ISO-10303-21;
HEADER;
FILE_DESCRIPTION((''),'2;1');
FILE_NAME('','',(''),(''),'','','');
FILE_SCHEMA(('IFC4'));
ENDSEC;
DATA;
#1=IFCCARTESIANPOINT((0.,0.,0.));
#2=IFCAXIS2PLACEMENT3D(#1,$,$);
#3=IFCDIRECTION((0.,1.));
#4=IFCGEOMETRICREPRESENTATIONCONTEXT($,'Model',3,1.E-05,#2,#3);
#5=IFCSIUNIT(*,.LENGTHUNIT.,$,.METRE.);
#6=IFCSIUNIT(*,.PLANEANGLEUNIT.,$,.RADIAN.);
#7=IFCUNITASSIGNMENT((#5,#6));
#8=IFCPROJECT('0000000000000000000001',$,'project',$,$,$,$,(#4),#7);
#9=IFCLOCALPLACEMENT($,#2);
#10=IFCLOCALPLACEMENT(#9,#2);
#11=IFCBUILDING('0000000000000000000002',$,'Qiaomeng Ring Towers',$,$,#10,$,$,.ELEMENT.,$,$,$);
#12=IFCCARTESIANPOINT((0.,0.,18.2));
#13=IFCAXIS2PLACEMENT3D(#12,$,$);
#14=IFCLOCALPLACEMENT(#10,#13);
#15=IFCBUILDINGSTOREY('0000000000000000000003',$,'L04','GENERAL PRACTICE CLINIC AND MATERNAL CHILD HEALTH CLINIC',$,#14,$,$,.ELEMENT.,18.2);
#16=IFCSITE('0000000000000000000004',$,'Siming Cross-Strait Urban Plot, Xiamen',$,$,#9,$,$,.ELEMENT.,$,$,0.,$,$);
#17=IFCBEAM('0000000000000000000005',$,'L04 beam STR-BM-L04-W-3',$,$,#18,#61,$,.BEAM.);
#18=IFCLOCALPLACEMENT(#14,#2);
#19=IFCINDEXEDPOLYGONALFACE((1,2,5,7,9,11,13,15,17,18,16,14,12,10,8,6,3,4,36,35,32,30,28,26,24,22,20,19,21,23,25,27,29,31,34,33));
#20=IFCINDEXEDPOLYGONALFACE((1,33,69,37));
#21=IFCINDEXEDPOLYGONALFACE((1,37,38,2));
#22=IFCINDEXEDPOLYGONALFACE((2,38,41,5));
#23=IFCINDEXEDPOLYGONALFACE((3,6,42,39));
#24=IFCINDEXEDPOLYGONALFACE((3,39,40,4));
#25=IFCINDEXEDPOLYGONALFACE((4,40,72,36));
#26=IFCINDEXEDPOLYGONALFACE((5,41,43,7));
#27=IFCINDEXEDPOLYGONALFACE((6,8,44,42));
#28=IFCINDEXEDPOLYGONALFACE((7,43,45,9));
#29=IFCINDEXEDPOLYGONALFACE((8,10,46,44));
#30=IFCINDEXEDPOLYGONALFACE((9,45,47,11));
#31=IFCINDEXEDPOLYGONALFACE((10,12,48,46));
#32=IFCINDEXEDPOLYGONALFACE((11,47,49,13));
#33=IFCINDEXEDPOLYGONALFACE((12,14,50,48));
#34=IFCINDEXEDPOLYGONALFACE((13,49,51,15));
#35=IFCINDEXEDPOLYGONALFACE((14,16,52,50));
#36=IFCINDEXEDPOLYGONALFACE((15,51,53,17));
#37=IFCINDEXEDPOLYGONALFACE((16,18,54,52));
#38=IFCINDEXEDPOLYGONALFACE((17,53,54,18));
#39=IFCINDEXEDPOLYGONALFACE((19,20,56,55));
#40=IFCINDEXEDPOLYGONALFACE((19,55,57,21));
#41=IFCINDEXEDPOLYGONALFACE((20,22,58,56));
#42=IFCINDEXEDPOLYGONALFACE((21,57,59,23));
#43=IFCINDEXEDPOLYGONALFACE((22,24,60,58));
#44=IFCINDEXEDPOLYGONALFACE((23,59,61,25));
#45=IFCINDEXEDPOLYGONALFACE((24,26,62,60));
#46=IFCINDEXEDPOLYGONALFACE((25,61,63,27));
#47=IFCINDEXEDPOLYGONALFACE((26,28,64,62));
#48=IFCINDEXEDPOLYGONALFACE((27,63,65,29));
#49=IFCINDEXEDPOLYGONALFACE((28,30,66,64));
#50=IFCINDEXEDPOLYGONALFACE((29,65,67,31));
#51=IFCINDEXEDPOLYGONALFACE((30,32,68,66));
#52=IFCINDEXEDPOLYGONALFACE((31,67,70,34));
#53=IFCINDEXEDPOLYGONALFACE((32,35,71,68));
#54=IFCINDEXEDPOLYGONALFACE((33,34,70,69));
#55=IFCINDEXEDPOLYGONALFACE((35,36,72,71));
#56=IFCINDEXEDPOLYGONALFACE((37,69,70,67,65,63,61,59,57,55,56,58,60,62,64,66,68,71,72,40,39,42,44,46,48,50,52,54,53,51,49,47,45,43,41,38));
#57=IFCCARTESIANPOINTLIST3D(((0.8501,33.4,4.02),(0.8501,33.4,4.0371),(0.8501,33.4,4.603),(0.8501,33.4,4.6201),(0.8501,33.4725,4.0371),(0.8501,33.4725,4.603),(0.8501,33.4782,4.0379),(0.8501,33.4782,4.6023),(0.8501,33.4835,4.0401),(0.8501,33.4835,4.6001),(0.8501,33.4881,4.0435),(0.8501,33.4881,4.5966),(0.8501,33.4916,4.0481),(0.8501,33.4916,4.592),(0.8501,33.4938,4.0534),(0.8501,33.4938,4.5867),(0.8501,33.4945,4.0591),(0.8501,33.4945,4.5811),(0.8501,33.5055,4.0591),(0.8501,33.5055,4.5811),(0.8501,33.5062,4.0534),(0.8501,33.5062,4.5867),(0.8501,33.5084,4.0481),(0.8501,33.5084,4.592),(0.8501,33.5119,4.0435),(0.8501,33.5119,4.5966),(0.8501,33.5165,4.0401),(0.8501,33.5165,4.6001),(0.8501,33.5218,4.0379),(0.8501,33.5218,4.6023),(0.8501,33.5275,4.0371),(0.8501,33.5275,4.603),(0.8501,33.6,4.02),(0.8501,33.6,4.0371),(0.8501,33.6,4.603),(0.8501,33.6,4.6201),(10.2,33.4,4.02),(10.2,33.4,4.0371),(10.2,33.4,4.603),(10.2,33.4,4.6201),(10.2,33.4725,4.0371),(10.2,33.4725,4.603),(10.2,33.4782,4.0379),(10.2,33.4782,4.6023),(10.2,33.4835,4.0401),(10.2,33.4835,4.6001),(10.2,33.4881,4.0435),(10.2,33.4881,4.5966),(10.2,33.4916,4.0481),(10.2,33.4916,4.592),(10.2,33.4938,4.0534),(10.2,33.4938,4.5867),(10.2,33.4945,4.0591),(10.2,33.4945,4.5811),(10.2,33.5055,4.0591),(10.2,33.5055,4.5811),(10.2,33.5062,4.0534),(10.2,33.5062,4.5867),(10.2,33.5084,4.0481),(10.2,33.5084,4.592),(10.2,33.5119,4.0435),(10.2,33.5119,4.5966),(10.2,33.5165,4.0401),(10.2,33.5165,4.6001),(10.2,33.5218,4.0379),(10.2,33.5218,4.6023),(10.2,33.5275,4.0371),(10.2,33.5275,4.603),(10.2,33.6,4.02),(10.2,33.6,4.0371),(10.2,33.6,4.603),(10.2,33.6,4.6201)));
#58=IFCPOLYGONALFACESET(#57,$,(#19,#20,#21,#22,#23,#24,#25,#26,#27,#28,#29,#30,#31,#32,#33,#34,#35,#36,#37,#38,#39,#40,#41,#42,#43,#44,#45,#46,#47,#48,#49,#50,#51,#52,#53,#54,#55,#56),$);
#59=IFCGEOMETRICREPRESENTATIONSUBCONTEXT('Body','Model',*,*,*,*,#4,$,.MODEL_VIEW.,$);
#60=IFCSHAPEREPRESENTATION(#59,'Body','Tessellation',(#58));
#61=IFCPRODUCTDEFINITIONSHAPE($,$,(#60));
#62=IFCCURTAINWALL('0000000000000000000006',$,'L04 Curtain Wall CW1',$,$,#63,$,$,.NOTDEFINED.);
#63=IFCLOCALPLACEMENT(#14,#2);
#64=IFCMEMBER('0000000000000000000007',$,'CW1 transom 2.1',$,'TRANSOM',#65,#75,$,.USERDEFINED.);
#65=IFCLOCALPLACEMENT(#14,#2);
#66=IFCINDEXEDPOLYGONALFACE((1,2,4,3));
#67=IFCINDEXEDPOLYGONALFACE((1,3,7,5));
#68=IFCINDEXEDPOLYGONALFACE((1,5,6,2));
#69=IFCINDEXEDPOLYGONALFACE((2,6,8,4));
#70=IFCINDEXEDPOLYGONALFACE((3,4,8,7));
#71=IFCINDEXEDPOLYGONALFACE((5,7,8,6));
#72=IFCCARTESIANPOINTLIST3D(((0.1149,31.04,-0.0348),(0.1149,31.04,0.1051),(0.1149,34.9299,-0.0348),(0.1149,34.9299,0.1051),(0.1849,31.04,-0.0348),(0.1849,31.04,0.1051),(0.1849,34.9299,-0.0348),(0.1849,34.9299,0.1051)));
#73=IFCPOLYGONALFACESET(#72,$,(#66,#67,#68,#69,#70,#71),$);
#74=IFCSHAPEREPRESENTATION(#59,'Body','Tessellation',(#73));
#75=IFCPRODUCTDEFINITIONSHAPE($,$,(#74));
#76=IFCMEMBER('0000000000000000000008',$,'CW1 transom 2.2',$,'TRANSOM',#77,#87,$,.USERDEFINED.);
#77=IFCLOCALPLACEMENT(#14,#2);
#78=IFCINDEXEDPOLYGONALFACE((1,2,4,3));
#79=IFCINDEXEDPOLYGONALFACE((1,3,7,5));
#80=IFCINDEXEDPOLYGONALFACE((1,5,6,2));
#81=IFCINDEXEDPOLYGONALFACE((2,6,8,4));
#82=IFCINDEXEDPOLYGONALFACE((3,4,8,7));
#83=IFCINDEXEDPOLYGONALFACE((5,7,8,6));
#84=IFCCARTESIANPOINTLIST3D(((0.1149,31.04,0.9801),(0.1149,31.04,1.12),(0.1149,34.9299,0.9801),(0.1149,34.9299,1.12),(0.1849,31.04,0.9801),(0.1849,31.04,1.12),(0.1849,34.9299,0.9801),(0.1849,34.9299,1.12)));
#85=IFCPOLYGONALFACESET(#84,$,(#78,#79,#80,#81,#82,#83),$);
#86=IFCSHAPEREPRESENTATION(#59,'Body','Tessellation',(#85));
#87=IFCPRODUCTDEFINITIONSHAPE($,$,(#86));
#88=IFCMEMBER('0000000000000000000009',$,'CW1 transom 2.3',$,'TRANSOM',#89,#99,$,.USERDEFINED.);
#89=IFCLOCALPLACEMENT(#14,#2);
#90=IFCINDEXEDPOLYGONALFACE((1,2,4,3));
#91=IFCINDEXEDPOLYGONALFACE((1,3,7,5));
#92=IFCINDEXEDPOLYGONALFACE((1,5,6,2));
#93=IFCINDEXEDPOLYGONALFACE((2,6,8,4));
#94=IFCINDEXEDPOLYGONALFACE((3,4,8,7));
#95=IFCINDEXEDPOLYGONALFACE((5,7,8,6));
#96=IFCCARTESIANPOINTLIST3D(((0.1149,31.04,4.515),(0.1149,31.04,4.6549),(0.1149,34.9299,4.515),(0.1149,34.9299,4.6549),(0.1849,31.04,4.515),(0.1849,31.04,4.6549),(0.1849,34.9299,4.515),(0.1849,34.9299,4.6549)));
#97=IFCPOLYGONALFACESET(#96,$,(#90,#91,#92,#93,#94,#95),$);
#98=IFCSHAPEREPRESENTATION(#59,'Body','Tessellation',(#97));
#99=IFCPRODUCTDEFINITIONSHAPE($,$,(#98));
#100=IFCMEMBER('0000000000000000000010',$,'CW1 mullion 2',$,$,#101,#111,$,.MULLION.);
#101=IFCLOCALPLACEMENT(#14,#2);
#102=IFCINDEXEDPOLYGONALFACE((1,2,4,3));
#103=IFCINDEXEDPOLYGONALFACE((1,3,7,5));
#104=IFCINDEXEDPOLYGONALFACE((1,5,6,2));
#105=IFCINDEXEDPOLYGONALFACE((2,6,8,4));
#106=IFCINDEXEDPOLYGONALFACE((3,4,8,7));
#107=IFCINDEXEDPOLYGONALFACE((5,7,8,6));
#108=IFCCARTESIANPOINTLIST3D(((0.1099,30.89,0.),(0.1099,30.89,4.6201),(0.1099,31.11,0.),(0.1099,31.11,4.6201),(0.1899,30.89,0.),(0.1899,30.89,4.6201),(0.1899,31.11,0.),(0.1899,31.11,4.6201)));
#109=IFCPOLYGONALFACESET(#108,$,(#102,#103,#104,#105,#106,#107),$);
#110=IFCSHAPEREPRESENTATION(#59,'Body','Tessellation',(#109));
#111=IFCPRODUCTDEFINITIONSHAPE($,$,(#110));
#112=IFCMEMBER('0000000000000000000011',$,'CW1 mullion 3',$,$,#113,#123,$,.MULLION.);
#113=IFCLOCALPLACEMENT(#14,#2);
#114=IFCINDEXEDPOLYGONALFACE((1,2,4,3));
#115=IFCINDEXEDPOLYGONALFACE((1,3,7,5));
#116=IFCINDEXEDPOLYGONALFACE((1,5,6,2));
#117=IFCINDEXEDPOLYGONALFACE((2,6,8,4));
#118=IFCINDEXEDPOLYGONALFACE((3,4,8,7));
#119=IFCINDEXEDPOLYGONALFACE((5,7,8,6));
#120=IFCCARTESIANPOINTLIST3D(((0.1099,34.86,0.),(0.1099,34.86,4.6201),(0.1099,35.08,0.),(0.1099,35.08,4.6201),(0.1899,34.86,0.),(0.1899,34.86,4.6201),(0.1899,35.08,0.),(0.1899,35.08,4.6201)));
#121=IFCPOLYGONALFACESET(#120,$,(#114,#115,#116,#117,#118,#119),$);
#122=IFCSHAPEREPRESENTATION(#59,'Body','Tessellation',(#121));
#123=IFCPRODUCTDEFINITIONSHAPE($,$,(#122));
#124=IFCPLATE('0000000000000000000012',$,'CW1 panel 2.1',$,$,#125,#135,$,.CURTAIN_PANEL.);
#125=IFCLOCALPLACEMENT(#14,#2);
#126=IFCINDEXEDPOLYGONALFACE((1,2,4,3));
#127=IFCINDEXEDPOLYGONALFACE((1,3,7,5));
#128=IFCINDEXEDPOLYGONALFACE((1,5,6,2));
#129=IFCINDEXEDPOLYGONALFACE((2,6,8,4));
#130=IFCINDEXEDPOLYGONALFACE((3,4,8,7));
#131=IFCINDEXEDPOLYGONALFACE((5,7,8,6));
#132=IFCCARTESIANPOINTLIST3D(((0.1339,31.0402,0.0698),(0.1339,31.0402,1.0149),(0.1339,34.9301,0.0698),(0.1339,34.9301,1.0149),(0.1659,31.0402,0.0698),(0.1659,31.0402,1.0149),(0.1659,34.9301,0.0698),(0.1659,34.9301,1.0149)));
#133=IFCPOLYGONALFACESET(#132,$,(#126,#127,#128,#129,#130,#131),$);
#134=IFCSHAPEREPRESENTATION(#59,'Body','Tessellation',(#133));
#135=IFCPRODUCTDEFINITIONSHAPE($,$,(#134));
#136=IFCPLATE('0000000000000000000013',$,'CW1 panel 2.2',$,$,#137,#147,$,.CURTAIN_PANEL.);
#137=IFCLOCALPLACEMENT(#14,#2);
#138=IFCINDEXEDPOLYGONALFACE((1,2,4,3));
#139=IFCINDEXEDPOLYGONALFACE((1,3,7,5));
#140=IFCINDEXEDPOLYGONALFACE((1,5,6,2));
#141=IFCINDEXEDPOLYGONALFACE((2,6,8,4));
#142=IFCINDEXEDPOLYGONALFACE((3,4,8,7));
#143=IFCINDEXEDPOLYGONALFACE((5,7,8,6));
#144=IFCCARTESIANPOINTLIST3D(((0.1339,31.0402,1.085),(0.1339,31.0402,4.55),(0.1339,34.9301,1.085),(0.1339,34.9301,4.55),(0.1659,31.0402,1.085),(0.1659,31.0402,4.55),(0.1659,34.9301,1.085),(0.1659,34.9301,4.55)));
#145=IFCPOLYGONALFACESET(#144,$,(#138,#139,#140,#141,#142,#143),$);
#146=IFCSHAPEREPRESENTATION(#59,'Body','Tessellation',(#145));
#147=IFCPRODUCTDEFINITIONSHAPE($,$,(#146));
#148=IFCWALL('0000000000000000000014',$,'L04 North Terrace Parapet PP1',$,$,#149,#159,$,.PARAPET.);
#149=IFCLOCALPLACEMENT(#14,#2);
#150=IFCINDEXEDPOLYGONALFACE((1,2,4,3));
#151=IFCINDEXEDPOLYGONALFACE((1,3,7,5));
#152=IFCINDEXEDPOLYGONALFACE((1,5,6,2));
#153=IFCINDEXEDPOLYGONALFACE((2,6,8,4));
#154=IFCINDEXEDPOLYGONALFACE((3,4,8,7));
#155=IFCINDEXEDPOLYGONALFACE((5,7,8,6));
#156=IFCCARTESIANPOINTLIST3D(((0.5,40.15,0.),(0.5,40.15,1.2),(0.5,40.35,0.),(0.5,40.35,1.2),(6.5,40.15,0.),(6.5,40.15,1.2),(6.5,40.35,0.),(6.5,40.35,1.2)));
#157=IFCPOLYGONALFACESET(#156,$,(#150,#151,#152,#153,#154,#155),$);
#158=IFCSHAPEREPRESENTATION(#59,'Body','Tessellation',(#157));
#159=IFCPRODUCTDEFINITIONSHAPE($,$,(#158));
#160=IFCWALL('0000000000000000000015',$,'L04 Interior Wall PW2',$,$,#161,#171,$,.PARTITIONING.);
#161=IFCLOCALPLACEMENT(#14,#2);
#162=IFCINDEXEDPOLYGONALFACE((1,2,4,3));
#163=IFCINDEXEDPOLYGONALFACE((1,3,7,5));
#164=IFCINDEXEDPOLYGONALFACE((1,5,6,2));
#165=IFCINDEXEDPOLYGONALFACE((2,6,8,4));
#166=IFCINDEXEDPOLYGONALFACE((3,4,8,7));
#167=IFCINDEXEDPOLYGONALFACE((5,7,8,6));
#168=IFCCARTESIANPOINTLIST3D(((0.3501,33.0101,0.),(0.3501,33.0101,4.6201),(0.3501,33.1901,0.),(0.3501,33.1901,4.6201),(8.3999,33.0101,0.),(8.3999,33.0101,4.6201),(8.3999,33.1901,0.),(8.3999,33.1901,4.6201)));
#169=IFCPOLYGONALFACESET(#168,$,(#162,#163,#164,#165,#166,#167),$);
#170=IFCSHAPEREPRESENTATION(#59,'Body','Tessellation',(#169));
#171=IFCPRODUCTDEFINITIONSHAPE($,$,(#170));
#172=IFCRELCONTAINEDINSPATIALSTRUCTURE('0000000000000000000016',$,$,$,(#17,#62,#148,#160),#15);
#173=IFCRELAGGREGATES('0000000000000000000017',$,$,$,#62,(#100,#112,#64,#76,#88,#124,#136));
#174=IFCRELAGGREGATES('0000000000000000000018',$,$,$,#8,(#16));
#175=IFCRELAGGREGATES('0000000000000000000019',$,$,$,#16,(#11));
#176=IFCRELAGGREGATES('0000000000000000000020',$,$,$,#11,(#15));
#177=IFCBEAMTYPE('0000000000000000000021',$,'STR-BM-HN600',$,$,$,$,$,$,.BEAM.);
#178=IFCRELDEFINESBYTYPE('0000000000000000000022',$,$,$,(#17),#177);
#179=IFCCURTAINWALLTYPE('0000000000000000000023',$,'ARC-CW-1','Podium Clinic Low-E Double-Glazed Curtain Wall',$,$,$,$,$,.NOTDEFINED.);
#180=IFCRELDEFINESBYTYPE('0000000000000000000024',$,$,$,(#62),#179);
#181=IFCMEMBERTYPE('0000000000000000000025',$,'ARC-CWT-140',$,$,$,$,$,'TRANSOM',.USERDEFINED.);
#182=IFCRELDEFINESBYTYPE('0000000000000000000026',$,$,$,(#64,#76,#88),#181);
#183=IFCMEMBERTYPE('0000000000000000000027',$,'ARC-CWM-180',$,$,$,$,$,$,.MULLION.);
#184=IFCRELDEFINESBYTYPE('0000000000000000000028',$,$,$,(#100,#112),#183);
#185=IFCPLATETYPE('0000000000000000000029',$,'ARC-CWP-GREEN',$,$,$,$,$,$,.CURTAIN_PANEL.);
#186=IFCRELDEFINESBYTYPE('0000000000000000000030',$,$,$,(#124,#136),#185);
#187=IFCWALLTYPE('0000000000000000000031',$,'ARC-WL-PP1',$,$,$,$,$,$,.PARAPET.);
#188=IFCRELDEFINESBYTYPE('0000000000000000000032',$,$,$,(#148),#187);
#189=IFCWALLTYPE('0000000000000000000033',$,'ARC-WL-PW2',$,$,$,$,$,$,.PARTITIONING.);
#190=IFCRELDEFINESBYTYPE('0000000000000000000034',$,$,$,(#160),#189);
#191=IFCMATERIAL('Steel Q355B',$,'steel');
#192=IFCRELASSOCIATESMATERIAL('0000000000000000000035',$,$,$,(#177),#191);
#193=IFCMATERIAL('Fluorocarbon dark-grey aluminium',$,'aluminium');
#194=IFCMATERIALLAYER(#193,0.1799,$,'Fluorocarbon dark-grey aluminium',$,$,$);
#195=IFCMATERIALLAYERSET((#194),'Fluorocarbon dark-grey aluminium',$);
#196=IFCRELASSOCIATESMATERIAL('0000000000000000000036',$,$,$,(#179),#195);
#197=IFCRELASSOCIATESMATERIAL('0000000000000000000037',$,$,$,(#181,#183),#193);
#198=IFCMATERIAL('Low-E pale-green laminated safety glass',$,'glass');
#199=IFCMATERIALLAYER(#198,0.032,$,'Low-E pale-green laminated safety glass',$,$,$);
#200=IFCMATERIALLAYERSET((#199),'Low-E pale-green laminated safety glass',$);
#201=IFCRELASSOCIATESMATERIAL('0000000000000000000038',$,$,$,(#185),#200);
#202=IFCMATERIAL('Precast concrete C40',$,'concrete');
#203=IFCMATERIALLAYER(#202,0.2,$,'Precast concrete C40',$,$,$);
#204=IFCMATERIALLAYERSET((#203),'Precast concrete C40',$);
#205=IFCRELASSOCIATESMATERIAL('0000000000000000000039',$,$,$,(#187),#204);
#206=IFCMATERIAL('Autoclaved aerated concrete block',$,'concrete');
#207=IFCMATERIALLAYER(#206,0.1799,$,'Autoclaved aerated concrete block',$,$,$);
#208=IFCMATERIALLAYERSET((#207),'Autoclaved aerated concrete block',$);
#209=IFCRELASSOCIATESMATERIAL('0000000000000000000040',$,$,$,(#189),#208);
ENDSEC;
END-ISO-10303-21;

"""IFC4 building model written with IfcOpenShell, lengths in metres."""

from ifc_helpers import new_model, si_unit, direction, frame, frame_2d, origin, origin_2d, place, context, subcontext, project, spatial, rectangle, i_section, extrude, source, transform, mapped, material, layer, layer_set, material_profile, profile_set, type_object, element, aggregate, save


model = new_model("IFC4")

# Units and contexts
model_context = context("Model", 3, precision=1e-05, world=origin(), true_north=direction((0.0, 1.0)))
body_context = subcontext(model_context, "Body", "Model", "MODEL_VIEW")
ifc_project = project(units=[si_unit("LENGTHUNIT", "METRE"), si_unit("PLANEANGLEUNIT", "RADIAN")], contexts=[model_context])

# Site, building, storey
site_placement = place(None, origin())
site = spatial("IfcSite", under=ifc_project, at=site_placement, Name="Siming Cross-Strait Urban Plot, Xiamen", CompositionType="ELEMENT", RefElevation=0.0)
building_placement = place(site_placement, origin())
building = spatial("IfcBuilding", under=site, at=building_placement, Name="Qiaomeng Ring Towers", CompositionType="ELEMENT")
storey_placement = place(building_placement, frame((0.0, 0.0, 18.2)))
storey = spatial("IfcBuildingStorey", under=building, at=storey_placement, Name="L04", Description="GENERAL PRACTICE CLINIC AND MATERNAL CHILD HEALTH CLINIC", CompositionType="ELEMENT", Elevation=18.2)

# Beam
ifc_material_1 = material(Name="Steel Q355B", Category="steel")
ifc_material_profile_1 = material_profile(ifc_material_1, i_section(OverallWidth=0.2, OverallDepth=0.6001, WebThickness=0.011, FlangeThickness=0.0171, FilletRadius=0.022, at=origin_2d()), Name="HN 600x200x11x17")
ifc_profile_set_1 = profile_set([ifc_material_profile_1], Name="Steel Q355B")
beam_type = type_object("IfcBeamType", Name="STR-BM-HN600", PredefinedType="BEAM", material=ifc_profile_set_1)
shared_shape_1 = source(origin(), body_context, "Body", "SweptSolid", [
    extrude(i_section(OverallWidth=0.2, OverallDepth=0.6001, WebThickness=0.011, FlangeThickness=0.0171, FilletRadius=0.022, at=origin_2d()), origin(), (0.0, 0.0, 1.0), 9.3499),
])
beam_placement = place(storey_placement, frame((0.8501, 33.5, 4.3201), z_axis=(1.0, 0.0, 0.0), x_axis=(0.0, 1.0, 0.0)))
element("IfcBeam", 1, at=beam_placement, inside=storey, type_object=beam_type, Name="L04 beam STR-BM-L04-W-3", PredefinedType="BEAM", context=body_context, shape_type="MappedRepresentation", body=[
    mapped(shared_shape_1, transform((0.0, 0.0, 0.0), x_axis=(1.0, 0.0, 0.0), y_axis=(0.0, 1.0, 0.0), z_axis=(0.0, 0.0, 1.0), scale=1.0)),
])

# Curtain wall, members, plates
ifc_material_2 = material(Name="Fluorocarbon dark-grey aluminium", Category="aluminium")
ifc_layer_1 = layer(ifc_material_2, 0.1799, Name="Fluorocarbon dark-grey aluminium")
ifc_layer_set_1 = layer_set([ifc_layer_1], Name="Fluorocarbon dark-grey aluminium")
curtain_wall_type = type_object("IfcCurtainWallType", Name="ARC-CW-1", Description="Podium Clinic Low-E Double-Glazed Curtain Wall", PredefinedType="NOTDEFINED", material=ifc_layer_set_1)
curtain_wall_placement = place(storey_placement, origin())
curtain_wall = element("IfcCurtainWall", 2, at=curtain_wall_placement, inside=storey, type_object=curtain_wall_type, Name="L04 Curtain Wall CW1", PredefinedType="NOTDEFINED")
ifc_material_profile_2 = material_profile(ifc_material_2, rectangle(XDim=0.0701, YDim=0.1399, at=origin_2d()), Name="ALU TRAN 70x140")
ifc_profile_set_2 = profile_set([ifc_material_profile_2], Name="Fluorocarbon dark-grey aluminium")
member_type_1 = type_object("IfcMemberType", Name="ARC-CWT-140", ElementType="TRANSOM", PredefinedType="USERDEFINED", material=ifc_profile_set_2)
shared_shape_2 = source(origin(), body_context, "Body", "SweptSolid", [
    extrude(rectangle(XDim=0.0701, YDim=0.1399, at=origin_2d()), origin(), (0.0, 0.0, 1.0), 3.8899),
])
member_1_placement = place(storey_placement, frame((0.1499, 31.04, 0.0352), z_axis=(0.0, 1.0, 0.0), x_axis=(-1.0, 0.0, 0.0)))
member_1 = element("IfcMember", 3, at=member_1_placement, type_object=member_type_1, Name="CW1 transom 2.1", ObjectType="TRANSOM", PredefinedType="USERDEFINED", context=body_context, shape_type="MappedRepresentation", body=[
    mapped(shared_shape_2, transform((0.0, 0.0, 0.0), x_axis=(1.0, 0.0, 0.0), y_axis=(0.0, 1.0, 0.0), z_axis=(0.0, 0.0, 1.0), scale=1.0)),
])
member_2_placement = place(storey_placement, frame((0.1499, 31.04, 1.05), z_axis=(0.0, 1.0, 0.0), x_axis=(-1.0, 0.0, 0.0)))
member_2 = element("IfcMember", 4, at=member_2_placement, type_object=member_type_1, Name="CW1 transom 2.2", ObjectType="TRANSOM", PredefinedType="USERDEFINED", context=body_context, shape_type="MappedRepresentation", body=[
    mapped(shared_shape_2, transform((0.0, 0.0, 0.0), x_axis=(1.0, 0.0, 0.0), y_axis=(0.0, 1.0, 0.0), z_axis=(0.0, 0.0, 1.0), scale=1.0)),
])
member_3_placement = place(storey_placement, frame((0.1499, 31.04, 4.585), z_axis=(0.0, 1.0, 0.0), x_axis=(-1.0, 0.0, 0.0)))
member_3 = element("IfcMember", 5, at=member_3_placement, type_object=member_type_1, Name="CW1 transom 2.3", ObjectType="TRANSOM", PredefinedType="USERDEFINED", context=body_context, shape_type="MappedRepresentation", body=[
    mapped(shared_shape_2, transform((0.0, 0.0, 0.0), x_axis=(1.0, 0.0, 0.0), y_axis=(0.0, 1.0, 0.0), z_axis=(0.0, 0.0, 1.0), scale=1.0)),
])
ifc_material_profile_3 = material_profile(ifc_material_2, rectangle(XDim=0.0801, YDim=0.22, at=origin_2d()), Name="ALU MULL 80x220")
ifc_profile_set_3 = profile_set([ifc_material_profile_3], Name="Fluorocarbon dark-grey aluminium")
member_type_2 = type_object("IfcMemberType", Name="ARC-CWM-180", PredefinedType="MULLION", material=ifc_profile_set_3)
shared_shape_3 = source(origin(), body_context, "Body", "SweptSolid", [
    extrude(rectangle(XDim=0.0801, YDim=0.22, at=origin_2d()), origin(), (0.0, 0.0, 1.0), 4.6201),
])
member_4_placement = place(storey_placement, frame((0.1499, 31.0, 0.0), z_axis=(0.0, 0.0, 1.0), x_axis=(-1.0, 0.0, 0.0)))
member_4 = element("IfcMember", 6, at=member_4_placement, type_object=member_type_2, Name="CW1 mullion 2", PredefinedType="MULLION", context=body_context, shape_type="MappedRepresentation", body=[
    mapped(shared_shape_3, transform((0.0, 0.0, 0.0), x_axis=(1.0, 0.0, 0.0), y_axis=(0.0, 1.0, 0.0), z_axis=(0.0, 0.0, 1.0), scale=1.0)),
])
member_5_placement = place(storey_placement, frame((0.1499, 34.97, 0.0), z_axis=(0.0, 0.0, 1.0), x_axis=(-1.0, 0.0, 0.0)))
member_5 = element("IfcMember", 7, at=member_5_placement, type_object=member_type_2, Name="CW1 mullion 3", PredefinedType="MULLION", context=body_context, shape_type="MappedRepresentation", body=[
    mapped(shared_shape_3, transform((0.0, 0.0, 0.0), x_axis=(1.0, 0.0, 0.0), y_axis=(0.0, 1.0, 0.0), z_axis=(0.0, 0.0, 1.0), scale=1.0)),
])
ifc_material_3 = material(Name="Low-E pale-green laminated safety glass", Category="glass")
ifc_layer_2 = layer(ifc_material_3, 0.032, Name="Low-E pale-green laminated safety glass")
ifc_layer_set_2 = layer_set([ifc_layer_2], Name="Low-E pale-green laminated safety glass")
plate_type = type_object("IfcPlateType", Name="ARC-CWP-GREEN", PredefinedType="CURTAIN_PANEL", material=ifc_layer_set_2)
shared_shape_4 = source(origin(), body_context, "Body", "SweptSolid", [
    extrude(rectangle(XDim=3.8899, YDim=0.032, at=origin_2d()), origin(), (0.0, 0.0, 1.0), 0.9451),
])
plate_1_placement = place(storey_placement, frame((0.1499, 32.9851, 0.0698), z_axis=(0.0, 0.0, 1.0), x_axis=(0.0, 1.0, 0.0)))
plate_1 = element("IfcPlate", 8, at=plate_1_placement, type_object=plate_type, Name="CW1 panel 2.1", PredefinedType="CURTAIN_PANEL", context=body_context, shape_type="MappedRepresentation", body=[
    mapped(shared_shape_4, transform((0.0, 0.0, 0.0), x_axis=(1.0, 0.0, 0.0), y_axis=(0.0, 1.0, 0.0), z_axis=(0.0, 0.0, 1.0), scale=1.0)),
])
shared_shape_5 = source(origin(), body_context, "Body", "SweptSolid", [
    extrude(rectangle(XDim=3.8899, YDim=0.032, at=origin_2d()), origin(), (0.0, 0.0, 1.0), 3.4651),
])
plate_2_placement = place(storey_placement, frame((0.1499, 32.9851, 1.085), z_axis=(0.0, 0.0, 1.0), x_axis=(0.0, 1.0, 0.0)))
plate_2 = element("IfcPlate", 9, at=plate_2_placement, type_object=plate_type, Name="CW1 panel 2.2", PredefinedType="CURTAIN_PANEL", context=body_context, shape_type="MappedRepresentation", body=[
    mapped(shared_shape_5, transform((0.0, 0.0, 0.0), x_axis=(1.0, 0.0, 0.0), y_axis=(0.0, 1.0, 0.0), z_axis=(0.0, 0.0, 1.0), scale=1.0)),
])
aggregate(curtain_wall, [member_4, member_5, member_1, member_2, member_3, plate_1, plate_2])

# Walls
ifc_material_4 = material(Name="Precast concrete C40", Category="concrete")
ifc_layer_3 = layer(ifc_material_4, 0.2, Name="Precast concrete C40")
ifc_layer_set_3 = layer_set([ifc_layer_3], Name="Precast concrete C40")
wall_type_1 = type_object("IfcWallType", Name="ARC-WL-PP1", PredefinedType="PARAPET", material=ifc_layer_set_3)
wall_1_placement = place(storey_placement, frame((0.5, 40.25, 0.0), z_axis=(0.0, 0.0, 1.0), x_axis=(1.0, 0.0, 0.0)))
element("IfcWall", 10, at=wall_1_placement, inside=storey, type_object=wall_type_1, Name="L04 North Terrace Parapet PP1", PredefinedType="PARAPET", context=body_context, shape_type="SweptSolid", body=[
    extrude(rectangle(XDim=6.0, YDim=0.2, at=frame_2d((3.0, 0.0))), origin(), (0.0, 0.0, 1.0), 1.2),
])
ifc_material_5 = material(Name="Autoclaved aerated concrete block", Category="concrete")
ifc_layer_4 = layer(ifc_material_5, 0.1799, Name="Autoclaved aerated concrete block")
ifc_layer_set_4 = layer_set([ifc_layer_4], Name="Autoclaved aerated concrete block")
wall_type_2 = type_object("IfcWallType", Name="ARC-WL-PW2", PredefinedType="PARTITIONING", material=ifc_layer_set_4)
for number, where, z_axis, x_axis, name in (
    (11, (0.3501, 33.1001, 0.0), (0.0, 0.0, 1.0), (1.0, 0.0, 0.0), "L04 Interior Wall PW2"),
):
    element("IfcWall", number, at=place(storey_placement, frame(where, z_axis=z_axis, x_axis=x_axis)), inside=storey, type_object=wall_type_2, Name=name, PredefinedType="PARTITIONING", context=body_context, shape_type="SweptSolid", body=[
        extrude(rectangle(XDim=8.0498, YDim=0.1799, at=frame_2d((4.0249, 0.0))), origin(), (0.0, 0.0, 1.0), 4.6201),
    ])

save(model, "model.ifc")
